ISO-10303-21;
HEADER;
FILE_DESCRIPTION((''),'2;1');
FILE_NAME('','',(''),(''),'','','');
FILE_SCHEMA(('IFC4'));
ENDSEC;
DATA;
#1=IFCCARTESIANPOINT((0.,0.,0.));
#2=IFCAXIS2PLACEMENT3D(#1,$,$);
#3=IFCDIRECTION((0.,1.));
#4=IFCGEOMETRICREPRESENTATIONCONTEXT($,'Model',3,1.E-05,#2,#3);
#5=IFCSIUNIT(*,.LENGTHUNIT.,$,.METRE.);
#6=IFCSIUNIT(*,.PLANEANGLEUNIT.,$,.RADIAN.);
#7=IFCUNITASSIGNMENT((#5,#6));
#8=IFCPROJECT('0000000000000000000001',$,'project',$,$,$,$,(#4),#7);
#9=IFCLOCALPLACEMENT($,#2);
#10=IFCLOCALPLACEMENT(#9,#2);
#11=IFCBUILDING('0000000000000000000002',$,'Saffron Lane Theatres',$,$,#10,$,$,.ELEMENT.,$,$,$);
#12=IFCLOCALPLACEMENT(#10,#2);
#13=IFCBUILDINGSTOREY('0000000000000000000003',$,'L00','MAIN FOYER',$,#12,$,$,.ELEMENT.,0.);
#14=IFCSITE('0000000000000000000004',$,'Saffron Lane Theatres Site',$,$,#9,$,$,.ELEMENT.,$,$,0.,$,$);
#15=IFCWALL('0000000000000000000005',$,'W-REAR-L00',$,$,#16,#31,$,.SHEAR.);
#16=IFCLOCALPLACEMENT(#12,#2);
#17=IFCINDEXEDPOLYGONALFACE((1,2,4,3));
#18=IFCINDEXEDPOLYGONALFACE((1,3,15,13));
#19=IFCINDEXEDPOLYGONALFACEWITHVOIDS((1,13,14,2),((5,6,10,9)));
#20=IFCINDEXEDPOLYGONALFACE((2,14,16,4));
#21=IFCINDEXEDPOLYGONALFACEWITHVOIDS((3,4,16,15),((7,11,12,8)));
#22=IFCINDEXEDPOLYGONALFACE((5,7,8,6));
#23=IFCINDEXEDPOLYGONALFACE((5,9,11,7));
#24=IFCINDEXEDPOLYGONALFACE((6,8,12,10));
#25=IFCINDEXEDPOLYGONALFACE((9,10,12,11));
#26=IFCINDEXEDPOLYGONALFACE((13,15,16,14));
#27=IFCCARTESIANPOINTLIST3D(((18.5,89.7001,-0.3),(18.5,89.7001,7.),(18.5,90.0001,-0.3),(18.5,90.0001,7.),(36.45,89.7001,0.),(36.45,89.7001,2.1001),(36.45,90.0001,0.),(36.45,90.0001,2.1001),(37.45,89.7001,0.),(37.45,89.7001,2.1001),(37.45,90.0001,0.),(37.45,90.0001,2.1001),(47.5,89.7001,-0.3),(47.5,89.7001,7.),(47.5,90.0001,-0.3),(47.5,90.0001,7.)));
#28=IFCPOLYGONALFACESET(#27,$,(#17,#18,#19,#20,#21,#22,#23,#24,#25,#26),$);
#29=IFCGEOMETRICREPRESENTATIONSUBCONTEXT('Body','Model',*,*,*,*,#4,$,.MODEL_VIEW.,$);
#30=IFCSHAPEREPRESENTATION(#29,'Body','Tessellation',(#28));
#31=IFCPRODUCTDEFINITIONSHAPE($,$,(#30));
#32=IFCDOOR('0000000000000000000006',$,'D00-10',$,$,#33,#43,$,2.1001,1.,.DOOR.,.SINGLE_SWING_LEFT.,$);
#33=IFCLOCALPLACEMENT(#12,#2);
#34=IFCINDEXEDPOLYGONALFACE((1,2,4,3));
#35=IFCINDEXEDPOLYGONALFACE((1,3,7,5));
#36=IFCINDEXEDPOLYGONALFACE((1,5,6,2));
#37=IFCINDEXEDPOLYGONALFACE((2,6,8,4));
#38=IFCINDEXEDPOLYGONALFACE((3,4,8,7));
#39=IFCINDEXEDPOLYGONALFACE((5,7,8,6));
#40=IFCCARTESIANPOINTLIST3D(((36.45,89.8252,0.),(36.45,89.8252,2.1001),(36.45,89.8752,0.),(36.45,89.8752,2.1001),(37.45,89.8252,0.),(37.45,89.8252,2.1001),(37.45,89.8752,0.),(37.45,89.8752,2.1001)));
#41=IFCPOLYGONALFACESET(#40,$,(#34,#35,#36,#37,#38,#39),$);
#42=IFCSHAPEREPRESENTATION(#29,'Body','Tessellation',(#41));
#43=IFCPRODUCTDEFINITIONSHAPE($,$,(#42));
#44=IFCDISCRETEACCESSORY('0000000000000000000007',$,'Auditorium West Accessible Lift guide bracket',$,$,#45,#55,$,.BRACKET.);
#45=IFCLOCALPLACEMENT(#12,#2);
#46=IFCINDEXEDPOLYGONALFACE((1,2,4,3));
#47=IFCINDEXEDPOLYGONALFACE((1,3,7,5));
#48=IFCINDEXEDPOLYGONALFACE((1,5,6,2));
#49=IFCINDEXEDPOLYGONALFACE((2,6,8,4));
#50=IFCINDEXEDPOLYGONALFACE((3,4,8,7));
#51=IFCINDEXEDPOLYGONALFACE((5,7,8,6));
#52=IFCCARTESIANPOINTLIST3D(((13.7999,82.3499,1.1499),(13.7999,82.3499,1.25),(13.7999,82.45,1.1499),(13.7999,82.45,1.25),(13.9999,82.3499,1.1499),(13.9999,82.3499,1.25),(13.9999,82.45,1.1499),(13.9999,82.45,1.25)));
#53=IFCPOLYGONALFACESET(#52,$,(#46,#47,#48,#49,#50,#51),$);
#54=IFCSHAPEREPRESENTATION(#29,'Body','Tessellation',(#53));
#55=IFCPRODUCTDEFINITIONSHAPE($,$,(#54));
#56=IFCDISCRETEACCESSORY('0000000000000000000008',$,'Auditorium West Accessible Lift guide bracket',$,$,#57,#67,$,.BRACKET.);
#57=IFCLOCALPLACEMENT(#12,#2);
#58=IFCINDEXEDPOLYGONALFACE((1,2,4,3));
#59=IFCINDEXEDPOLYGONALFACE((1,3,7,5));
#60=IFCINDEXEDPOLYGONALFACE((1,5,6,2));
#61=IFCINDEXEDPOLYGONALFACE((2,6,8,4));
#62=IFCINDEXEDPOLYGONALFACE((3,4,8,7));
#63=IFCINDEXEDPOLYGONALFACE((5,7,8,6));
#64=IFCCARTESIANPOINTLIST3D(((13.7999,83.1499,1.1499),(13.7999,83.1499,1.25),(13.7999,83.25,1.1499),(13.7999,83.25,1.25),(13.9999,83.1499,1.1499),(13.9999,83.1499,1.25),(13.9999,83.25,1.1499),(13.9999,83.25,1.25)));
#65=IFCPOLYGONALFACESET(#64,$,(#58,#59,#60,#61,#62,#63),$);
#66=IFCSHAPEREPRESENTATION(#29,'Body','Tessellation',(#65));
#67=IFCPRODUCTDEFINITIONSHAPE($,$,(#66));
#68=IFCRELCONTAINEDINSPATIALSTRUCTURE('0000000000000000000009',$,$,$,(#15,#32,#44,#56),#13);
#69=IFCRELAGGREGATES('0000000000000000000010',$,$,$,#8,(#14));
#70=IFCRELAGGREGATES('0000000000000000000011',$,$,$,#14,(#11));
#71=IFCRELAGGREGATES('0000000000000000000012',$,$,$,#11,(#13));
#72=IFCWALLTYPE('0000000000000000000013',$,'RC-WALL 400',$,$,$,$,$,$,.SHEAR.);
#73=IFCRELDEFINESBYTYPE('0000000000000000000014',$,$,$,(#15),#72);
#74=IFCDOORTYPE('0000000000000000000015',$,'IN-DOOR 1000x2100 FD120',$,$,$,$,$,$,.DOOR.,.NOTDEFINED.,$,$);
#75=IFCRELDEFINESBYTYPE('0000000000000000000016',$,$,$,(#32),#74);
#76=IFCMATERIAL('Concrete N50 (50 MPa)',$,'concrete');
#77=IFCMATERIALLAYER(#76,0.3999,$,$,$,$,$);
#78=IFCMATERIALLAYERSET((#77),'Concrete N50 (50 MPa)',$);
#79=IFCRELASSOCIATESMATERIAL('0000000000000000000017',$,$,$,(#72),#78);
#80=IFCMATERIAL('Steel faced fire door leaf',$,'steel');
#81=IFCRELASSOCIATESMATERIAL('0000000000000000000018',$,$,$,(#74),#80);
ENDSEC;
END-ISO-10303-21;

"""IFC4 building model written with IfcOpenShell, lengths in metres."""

from ifc_helpers import new_model, si_unit, direction, frame, frame_2d, origin, origin_2d, place, context, subcontext, project, spatial, rectangle, extrude, material, layer, layer_set, type_object, element, fill, save


model = new_model("IFC4")

# Units and contexts
model_context = context("Model", 3, precision=1e-05, world=origin(), true_north=direction((0.0, 1.0)))
body_context = subcontext(model_context, "Body", "Model", "MODEL_VIEW")
ifc_project = project(units=[si_unit("LENGTHUNIT", "METRE"), si_unit("PLANEANGLEUNIT", "RADIAN")], contexts=[model_context])

# Site, building, storey
site_placement = place(None, origin())
site = spatial("IfcSite", under=ifc_project, at=site_placement, Name="Saffron Lane Theatres Site", CompositionType="ELEMENT", RefElevation=0.0)
building_placement = place(site_placement, origin())
building = spatial("IfcBuilding", under=site, at=building_placement, Name="Saffron Lane Theatres", CompositionType="ELEMENT")
storey_placement = place(building_placement, origin())
storey = spatial("IfcBuildingStorey", under=building, at=storey_placement, Name="L00", Description="MAIN FOYER", CompositionType="ELEMENT", Elevation=0.0)

# Wall, opening, door
ifc_material_1 = material(Name="Concrete N50 (50 MPa)", Category="concrete")
ifc_layer_1 = layer(ifc_material_1, 0.3999)
ifc_layer_set_1 = layer_set([ifc_layer_1], Name="Concrete N50 (50 MPa)")
wall_type_1 = type_object("IfcWallType", Name="RC-WALL 400", PredefinedType="SHEAR", material=ifc_layer_set_1)
wall_1_placement = place(storey_placement, frame((18.5, 89.8501, -0.3), z_axis=(0.0, 0.0, 1.0), x_axis=(1.0, 0.0, 0.0)))
wall_1 = element("IfcWall", 1, at=wall_1_placement, inside=storey, type_object=wall_type_1, Name="W-REAR-L00", PredefinedType="SHEAR", context=body_context, shape_type="SweptSolid", body=[
    extrude(rectangle(XDim=29.0, YDim=0.3, at=frame_2d((14.5, 0.0))), origin(), (0.0, 0.0, 1.0), 7.3),
])
opening_1_placement = place(wall_1_placement, frame((17.95, 0.0, 0.3)))
opening_1 = element("IfcOpeningElement", 2, at=opening_1_placement, cuts=wall_1, PredefinedType="OPENING", context=body_context, shape_type="SweptSolid", body=[
    extrude(rectangle(XDim=1.0, YDim=2.1001, at=frame_2d((0.5, 1.05))), frame((0.0, 0.1602, 0.0), z_axis=(0.0, -1.0, 0.0), x_axis=(1.0, 0.0, 0.0)), (0.0, 0.0, 1.0), 0.3201),
])
ifc_material_2 = material(Name="Steel faced fire door leaf", Category="steel")
door_type_1 = type_object("IfcDoorType", Name="IN-DOOR 1000x2100 FD120", OperationType="NOTDEFINED", PredefinedType="DOOR", material=ifc_material_2)
door_1_placement = place(opening_1_placement, frame((1.0, 0.0, 0.0), z_axis=(0.0, 0.0, 1.0), x_axis=(-1.0, 0.0, 0.0)))
door_1 = element("IfcDoor", 3, at=door_1_placement, inside=storey, type_object=door_type_1, Name="D00-10", OperationType="SINGLE_SWING_LEFT", OverallHeight=2.1001, OverallWidth=1.0, PredefinedType="DOOR", context=body_context, shape_type="SweptSolid", body=[
    extrude(rectangle(XDim=1.0, YDim=2.1001, at=frame_2d((0.5, 1.05))), frame((0.0, 0.0249, 0.0), z_axis=(0.0, -1.0, 0.0), x_axis=(1.0, 0.0, 0.0)), (0.0, 0.0, 1.0), 0.05),
])
fill(opening_1, door_1)

# Discrete accessories
for number, where, z_axis, x_axis, name in (
    (4, (13.8999, 82.3999, 1.1499), (0.0, 0.0, 1.0), (1.0, 0.0, 0.0), "Auditorium West Accessible Lift guide bracket"),
    (5, (13.8999, 83.2, 1.1499), (0.0, 0.0, 1.0), (1.0, 0.0, 0.0), "Auditorium West Accessible Lift guide bracket"),
):
    element("IfcDiscreteAccessory", number, at=place(storey_placement, frame(where, z_axis=z_axis, x_axis=x_axis)), inside=storey, Name=name, PredefinedType="BRACKET", context=body_context, shape_type="SweptSolid", body=[
        extrude(rectangle(XDim=0.2, YDim=0.1001, at=origin_2d()), origin(), (0.0, 0.0, 1.0), 0.1001),
    ])

save(model, "model.ifc")
